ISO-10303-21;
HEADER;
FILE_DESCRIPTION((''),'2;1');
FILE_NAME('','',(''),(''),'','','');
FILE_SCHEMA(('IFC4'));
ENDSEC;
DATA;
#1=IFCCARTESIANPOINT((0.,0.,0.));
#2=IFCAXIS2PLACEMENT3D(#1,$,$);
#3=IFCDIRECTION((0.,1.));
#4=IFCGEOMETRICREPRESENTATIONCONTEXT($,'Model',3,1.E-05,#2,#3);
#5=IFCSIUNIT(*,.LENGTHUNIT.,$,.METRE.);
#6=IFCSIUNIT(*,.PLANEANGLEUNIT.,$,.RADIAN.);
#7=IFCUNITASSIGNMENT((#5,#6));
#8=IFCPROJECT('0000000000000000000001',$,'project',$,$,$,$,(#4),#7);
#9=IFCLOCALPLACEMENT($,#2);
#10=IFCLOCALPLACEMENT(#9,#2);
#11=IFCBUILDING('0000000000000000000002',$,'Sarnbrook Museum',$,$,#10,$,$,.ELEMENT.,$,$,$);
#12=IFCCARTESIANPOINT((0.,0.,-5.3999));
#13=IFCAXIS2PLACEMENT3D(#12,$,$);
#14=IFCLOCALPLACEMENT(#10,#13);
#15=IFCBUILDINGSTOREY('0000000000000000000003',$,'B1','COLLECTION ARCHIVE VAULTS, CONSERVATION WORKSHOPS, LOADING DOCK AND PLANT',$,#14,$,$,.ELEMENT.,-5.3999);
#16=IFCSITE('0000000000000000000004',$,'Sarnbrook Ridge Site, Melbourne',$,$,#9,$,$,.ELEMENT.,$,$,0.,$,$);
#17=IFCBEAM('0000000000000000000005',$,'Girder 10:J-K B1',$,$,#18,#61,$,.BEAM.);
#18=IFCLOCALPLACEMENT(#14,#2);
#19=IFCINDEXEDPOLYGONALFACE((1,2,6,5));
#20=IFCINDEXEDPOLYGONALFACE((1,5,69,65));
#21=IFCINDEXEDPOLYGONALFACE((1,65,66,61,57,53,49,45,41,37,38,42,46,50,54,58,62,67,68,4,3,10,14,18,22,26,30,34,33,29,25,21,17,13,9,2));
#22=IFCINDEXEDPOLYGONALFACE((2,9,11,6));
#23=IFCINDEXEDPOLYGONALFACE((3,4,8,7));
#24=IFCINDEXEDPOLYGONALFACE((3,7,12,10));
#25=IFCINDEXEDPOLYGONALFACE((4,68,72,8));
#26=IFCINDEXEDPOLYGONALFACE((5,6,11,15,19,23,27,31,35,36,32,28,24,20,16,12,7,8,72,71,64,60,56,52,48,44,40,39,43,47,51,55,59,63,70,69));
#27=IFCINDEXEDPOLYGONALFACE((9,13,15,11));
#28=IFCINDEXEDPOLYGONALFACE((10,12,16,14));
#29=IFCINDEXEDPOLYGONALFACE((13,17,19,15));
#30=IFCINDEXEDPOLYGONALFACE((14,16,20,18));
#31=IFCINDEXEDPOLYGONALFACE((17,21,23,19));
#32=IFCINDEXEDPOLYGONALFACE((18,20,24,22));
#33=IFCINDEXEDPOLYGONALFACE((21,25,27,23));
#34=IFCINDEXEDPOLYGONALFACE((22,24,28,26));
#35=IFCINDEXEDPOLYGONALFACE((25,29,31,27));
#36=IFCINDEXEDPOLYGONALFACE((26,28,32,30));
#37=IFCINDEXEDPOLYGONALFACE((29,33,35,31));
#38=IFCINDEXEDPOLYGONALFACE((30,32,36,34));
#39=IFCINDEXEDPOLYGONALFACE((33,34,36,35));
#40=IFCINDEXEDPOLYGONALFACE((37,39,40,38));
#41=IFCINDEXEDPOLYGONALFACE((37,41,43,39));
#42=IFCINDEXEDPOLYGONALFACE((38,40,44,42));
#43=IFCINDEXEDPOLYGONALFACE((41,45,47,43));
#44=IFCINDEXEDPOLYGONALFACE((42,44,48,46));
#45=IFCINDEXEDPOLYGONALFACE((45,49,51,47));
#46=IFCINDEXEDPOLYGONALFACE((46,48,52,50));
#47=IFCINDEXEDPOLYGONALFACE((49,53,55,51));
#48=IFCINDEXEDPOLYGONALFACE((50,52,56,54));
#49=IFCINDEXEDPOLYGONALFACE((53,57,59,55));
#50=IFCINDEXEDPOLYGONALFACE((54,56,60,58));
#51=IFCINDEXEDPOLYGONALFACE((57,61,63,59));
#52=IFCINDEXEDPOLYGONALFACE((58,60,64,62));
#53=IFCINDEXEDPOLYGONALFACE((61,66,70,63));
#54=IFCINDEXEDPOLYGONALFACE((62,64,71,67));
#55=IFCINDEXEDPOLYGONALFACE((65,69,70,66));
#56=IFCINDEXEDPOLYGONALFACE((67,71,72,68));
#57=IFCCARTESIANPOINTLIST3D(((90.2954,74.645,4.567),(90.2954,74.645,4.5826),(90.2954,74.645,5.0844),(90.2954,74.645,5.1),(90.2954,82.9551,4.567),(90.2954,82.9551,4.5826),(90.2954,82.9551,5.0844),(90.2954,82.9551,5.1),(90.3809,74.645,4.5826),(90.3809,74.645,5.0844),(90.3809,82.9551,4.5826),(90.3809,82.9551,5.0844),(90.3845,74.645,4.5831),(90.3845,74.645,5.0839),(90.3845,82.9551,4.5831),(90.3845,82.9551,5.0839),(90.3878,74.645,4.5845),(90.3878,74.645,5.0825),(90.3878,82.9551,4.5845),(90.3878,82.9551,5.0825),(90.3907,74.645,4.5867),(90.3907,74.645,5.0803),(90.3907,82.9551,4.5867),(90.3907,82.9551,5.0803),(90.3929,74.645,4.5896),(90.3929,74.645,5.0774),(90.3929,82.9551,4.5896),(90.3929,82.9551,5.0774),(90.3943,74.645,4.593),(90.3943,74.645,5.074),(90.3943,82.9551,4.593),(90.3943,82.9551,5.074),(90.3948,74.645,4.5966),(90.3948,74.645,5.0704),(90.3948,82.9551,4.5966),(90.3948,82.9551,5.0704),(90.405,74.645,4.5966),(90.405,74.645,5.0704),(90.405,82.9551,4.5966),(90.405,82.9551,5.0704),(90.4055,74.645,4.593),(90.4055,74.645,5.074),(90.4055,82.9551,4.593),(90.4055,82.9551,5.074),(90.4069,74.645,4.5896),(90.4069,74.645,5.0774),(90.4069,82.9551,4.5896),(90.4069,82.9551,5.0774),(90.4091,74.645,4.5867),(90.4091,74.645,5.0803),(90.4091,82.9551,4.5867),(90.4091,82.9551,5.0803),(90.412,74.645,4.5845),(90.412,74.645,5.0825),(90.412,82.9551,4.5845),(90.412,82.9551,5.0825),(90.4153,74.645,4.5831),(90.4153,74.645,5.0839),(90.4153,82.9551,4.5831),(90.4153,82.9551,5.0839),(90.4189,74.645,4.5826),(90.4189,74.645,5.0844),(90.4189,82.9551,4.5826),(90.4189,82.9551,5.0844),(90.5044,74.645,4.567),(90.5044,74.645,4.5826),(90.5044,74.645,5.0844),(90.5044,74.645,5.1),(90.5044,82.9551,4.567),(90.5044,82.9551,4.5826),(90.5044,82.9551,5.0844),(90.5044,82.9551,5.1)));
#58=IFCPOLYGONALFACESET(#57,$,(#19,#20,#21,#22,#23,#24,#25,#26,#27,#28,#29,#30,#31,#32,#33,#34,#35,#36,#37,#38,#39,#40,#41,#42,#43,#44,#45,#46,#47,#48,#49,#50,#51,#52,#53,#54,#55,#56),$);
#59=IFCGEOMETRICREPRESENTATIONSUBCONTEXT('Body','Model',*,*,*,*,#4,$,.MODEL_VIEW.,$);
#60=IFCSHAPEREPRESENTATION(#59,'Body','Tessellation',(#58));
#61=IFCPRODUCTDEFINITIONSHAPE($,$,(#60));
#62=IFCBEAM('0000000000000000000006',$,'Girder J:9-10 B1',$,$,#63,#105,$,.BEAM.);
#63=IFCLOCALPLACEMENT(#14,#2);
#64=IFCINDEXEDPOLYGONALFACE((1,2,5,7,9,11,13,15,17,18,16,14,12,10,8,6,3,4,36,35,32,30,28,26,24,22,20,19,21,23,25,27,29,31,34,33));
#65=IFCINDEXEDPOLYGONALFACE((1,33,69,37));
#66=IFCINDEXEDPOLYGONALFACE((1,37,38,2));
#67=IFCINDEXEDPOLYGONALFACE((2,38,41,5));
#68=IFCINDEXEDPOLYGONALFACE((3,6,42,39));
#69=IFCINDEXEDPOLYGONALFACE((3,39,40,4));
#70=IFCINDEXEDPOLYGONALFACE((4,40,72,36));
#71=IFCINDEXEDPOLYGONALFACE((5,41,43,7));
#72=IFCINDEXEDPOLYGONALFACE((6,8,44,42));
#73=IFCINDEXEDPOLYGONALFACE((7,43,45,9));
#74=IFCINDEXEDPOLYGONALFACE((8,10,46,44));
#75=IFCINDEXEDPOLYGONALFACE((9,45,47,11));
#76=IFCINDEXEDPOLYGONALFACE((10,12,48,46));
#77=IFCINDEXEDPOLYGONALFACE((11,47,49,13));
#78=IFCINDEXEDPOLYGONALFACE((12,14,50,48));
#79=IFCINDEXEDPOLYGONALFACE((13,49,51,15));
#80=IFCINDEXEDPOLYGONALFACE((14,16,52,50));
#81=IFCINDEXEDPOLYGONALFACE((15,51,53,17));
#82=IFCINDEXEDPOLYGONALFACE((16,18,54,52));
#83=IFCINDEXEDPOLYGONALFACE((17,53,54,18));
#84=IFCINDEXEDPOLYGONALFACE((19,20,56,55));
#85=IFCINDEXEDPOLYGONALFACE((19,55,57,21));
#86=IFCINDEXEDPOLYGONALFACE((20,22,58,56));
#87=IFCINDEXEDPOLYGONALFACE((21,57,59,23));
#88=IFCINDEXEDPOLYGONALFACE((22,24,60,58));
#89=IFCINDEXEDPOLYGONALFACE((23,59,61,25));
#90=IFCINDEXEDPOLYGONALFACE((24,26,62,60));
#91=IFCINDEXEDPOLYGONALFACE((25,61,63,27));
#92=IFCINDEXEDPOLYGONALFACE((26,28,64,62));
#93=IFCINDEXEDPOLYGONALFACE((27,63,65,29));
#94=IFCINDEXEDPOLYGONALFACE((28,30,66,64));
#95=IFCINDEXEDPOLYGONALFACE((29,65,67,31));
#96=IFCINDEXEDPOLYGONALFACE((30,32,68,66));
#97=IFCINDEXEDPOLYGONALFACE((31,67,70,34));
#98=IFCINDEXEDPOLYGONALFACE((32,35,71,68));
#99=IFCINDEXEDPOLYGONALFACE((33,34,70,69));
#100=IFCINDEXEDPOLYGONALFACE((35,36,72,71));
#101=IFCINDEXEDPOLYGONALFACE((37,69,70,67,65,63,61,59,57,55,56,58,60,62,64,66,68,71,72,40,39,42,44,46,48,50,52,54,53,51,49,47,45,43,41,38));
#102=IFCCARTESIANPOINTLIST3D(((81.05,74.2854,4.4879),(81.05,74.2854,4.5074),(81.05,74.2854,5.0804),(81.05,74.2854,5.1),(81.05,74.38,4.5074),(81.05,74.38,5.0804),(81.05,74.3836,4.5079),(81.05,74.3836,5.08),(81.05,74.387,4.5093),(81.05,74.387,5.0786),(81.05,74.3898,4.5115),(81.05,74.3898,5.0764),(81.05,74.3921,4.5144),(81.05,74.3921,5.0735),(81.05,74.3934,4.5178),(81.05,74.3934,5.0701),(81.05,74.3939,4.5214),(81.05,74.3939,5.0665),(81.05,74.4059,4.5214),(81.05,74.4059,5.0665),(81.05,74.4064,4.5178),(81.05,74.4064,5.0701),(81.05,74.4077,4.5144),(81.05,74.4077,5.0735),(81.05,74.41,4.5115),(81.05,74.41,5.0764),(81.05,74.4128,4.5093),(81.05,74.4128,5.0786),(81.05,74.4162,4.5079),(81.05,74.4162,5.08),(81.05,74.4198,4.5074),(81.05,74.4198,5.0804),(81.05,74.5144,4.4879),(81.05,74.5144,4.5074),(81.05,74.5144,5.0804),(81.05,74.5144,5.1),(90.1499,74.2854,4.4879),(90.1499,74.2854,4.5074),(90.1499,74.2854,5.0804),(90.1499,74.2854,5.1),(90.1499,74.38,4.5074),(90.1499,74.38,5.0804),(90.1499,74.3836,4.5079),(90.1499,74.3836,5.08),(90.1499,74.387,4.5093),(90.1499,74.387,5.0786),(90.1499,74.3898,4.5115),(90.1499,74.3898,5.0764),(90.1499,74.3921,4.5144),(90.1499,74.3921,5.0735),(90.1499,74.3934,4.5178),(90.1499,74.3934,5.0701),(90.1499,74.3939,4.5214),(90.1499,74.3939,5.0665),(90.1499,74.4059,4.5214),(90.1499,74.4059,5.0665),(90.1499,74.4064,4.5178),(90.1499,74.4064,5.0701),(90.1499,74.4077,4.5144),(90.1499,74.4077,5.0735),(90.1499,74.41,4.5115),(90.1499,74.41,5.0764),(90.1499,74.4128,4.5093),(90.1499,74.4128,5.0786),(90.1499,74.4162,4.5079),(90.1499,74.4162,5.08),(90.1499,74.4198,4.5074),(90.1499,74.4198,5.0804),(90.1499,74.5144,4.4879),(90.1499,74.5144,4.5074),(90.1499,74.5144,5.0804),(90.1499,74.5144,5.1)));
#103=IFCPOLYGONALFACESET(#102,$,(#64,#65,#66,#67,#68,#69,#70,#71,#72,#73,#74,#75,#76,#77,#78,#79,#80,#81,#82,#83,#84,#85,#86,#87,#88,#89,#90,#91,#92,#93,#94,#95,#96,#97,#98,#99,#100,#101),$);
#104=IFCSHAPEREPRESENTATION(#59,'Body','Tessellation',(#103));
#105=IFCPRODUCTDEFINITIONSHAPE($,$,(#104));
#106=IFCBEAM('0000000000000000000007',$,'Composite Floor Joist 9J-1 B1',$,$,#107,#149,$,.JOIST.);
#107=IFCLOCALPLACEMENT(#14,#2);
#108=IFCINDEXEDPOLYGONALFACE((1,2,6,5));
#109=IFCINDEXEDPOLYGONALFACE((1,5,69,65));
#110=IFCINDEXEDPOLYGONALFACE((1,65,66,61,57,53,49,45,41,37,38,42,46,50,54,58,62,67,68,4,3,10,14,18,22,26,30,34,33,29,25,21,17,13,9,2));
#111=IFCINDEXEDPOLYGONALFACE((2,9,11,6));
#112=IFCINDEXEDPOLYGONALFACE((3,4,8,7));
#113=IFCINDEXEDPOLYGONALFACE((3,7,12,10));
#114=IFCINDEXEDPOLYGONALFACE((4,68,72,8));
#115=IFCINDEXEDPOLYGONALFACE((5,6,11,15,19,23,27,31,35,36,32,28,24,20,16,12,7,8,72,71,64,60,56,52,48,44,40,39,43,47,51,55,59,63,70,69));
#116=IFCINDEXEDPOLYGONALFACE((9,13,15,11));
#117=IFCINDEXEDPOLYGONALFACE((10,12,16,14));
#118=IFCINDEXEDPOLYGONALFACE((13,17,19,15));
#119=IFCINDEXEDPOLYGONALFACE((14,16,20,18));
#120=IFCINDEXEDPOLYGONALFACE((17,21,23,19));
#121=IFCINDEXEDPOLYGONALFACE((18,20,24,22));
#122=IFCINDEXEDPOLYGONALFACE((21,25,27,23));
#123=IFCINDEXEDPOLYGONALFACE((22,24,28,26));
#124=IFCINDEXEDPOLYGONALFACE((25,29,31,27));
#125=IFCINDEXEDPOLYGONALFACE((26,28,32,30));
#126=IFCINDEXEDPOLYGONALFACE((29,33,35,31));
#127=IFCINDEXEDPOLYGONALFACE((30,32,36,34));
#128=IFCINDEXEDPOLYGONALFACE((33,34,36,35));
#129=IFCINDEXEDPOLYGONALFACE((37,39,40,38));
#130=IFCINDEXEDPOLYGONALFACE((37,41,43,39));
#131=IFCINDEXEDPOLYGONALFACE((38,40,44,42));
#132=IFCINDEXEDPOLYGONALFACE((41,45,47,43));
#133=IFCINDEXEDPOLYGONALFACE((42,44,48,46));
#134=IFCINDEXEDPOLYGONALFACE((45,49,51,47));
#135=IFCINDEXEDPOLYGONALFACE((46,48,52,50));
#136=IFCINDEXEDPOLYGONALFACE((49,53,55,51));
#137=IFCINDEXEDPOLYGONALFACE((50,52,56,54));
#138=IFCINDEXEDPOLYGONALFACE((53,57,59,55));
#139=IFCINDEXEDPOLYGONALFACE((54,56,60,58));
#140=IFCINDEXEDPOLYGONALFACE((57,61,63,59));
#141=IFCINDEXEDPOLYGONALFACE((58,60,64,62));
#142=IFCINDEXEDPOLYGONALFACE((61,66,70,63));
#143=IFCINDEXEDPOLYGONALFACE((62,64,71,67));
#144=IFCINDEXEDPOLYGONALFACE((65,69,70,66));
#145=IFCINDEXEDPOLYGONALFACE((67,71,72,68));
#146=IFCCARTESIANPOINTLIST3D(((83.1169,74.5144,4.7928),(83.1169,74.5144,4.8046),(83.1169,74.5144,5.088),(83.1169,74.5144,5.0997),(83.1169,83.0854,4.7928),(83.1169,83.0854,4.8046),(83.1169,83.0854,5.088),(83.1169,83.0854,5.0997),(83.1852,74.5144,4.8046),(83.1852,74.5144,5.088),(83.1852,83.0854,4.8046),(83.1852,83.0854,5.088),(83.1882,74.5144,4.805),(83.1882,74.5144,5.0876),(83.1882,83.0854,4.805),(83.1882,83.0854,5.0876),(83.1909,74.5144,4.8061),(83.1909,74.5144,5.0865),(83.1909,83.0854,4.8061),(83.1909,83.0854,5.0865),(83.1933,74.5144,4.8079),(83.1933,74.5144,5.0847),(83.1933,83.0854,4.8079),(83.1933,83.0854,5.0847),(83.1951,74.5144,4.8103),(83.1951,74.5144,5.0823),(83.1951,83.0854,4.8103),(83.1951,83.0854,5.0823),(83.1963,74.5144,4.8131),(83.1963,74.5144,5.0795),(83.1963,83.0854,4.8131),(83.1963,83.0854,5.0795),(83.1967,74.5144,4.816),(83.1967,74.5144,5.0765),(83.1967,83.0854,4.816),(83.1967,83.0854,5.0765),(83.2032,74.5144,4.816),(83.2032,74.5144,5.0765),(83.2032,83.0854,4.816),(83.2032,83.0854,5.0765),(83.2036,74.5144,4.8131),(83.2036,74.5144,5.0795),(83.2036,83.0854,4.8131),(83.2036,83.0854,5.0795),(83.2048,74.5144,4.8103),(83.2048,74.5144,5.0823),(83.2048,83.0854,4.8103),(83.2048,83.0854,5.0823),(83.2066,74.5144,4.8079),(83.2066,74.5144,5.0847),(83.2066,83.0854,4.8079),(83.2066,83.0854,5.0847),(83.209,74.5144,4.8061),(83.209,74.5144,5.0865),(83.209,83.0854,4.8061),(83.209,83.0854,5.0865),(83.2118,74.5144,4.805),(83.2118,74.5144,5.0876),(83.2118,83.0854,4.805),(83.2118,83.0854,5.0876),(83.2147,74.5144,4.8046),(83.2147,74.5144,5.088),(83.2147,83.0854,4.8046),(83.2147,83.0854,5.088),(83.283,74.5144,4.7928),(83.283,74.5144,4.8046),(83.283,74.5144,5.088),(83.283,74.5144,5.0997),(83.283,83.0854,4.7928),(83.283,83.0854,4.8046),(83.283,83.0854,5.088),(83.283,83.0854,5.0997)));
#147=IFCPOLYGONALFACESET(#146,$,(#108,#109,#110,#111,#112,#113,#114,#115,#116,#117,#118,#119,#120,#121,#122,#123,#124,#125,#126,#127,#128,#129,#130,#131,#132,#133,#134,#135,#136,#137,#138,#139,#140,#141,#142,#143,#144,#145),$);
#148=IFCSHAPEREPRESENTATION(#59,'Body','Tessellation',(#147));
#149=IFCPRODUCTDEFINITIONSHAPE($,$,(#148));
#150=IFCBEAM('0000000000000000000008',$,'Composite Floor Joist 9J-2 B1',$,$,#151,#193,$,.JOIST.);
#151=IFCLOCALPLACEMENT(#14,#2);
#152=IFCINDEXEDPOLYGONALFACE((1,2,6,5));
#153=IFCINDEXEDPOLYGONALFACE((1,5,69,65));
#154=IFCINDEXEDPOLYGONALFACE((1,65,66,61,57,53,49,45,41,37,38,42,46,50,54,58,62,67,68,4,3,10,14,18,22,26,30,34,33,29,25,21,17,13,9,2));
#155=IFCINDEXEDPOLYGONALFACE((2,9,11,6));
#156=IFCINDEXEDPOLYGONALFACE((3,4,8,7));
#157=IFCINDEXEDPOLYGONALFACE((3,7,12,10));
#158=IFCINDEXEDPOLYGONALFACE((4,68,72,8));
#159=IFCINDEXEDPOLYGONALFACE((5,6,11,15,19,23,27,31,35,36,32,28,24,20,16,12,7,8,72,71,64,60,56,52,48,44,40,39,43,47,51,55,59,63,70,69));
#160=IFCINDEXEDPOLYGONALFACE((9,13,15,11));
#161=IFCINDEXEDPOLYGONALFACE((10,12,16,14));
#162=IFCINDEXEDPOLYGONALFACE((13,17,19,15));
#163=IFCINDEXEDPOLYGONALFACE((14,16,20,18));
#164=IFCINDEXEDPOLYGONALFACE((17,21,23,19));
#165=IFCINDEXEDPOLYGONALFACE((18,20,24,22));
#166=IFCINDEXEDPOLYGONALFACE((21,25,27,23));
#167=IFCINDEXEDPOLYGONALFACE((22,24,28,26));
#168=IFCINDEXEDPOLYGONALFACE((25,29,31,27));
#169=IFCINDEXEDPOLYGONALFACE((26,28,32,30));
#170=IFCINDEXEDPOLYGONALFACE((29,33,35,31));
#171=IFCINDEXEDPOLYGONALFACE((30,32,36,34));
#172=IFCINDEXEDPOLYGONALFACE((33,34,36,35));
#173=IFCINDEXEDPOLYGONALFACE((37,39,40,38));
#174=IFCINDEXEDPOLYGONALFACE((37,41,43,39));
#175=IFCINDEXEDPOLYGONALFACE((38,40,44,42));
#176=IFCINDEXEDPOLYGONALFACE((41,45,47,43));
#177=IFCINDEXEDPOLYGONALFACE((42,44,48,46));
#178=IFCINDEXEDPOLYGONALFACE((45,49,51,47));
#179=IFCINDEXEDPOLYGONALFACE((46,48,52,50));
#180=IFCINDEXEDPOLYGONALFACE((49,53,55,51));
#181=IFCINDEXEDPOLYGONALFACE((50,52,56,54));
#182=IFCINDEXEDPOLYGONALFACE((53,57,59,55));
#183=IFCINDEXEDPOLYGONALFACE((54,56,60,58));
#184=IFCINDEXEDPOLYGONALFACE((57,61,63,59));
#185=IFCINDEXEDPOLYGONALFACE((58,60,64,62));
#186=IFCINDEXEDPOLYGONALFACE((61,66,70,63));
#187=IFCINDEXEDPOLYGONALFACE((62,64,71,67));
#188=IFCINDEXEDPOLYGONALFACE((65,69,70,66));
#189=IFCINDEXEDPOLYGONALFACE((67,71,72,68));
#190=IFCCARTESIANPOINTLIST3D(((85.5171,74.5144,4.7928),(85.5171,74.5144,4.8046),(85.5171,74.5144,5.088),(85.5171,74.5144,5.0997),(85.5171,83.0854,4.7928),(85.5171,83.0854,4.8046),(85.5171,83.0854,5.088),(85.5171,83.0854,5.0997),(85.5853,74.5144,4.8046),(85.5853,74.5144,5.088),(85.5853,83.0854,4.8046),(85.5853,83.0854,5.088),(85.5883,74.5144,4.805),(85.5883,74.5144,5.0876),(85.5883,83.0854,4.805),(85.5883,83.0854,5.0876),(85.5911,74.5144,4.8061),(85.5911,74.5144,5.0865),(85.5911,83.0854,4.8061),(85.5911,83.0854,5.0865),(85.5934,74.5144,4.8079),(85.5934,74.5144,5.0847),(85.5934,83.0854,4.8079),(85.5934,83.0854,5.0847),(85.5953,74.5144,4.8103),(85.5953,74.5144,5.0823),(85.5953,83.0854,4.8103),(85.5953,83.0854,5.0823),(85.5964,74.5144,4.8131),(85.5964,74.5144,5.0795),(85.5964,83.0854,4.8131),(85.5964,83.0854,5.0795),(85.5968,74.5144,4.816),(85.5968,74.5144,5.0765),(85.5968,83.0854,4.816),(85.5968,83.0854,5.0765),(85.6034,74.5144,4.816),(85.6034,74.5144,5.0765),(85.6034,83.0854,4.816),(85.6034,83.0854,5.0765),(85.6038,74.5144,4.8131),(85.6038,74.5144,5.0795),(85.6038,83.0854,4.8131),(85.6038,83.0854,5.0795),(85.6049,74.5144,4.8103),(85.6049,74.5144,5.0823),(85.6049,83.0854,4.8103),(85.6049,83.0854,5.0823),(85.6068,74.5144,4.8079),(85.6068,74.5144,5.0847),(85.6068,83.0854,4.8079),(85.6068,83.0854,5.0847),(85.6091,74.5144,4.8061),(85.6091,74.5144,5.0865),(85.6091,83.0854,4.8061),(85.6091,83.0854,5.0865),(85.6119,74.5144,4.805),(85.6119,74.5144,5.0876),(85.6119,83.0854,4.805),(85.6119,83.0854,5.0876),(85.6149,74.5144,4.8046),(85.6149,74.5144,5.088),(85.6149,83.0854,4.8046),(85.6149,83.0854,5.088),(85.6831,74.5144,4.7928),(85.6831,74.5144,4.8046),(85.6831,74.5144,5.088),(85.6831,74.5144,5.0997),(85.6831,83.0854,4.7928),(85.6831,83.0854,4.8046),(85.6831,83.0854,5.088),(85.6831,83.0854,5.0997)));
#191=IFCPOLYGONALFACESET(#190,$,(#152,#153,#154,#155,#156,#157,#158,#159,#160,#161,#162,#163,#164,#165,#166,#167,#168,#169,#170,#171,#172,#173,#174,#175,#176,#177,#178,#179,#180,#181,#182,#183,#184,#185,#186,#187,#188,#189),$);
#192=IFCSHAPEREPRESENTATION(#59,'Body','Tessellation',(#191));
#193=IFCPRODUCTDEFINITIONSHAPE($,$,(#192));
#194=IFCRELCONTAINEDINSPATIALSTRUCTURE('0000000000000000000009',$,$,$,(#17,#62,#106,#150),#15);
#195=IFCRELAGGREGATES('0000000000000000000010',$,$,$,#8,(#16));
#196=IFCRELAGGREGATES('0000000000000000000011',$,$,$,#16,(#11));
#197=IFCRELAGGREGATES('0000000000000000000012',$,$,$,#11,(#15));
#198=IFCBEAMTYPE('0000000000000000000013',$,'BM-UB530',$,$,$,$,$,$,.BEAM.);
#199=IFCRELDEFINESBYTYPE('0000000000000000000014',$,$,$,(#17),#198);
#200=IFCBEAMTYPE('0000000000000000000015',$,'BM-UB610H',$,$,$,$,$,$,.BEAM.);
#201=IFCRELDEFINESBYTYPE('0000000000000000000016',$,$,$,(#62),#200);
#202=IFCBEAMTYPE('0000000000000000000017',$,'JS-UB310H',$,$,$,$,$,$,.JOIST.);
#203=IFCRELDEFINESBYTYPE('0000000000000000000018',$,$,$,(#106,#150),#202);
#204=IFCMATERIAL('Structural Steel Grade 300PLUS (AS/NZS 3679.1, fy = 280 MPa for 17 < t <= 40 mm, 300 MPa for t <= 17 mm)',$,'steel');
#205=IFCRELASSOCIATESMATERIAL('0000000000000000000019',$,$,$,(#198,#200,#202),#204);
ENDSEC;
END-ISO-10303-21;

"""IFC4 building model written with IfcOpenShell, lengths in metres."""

from ifc_helpers import new_model, si_unit, direction, frame, origin, origin_2d, place, context, subcontext, project, spatial, i_section, extrude, material, material_profile, profile_set, type_object, element, save


model = new_model("IFC4")

# Units and contexts
model_context = context("Model", 3, precision=1e-05, world=origin(), true_north=direction((0.0, 1.0)))
body_context = subcontext(model_context, "Body", "Model", "MODEL_VIEW")
ifc_project = project(units=[si_unit("LENGTHUNIT", "METRE"), si_unit("PLANEANGLEUNIT", "RADIAN")], contexts=[model_context])

# Site, building, storey
site_placement = place(None, origin())
site = spatial("IfcSite", under=ifc_project, at=site_placement, Name="Sarnbrook Ridge Site, Melbourne", CompositionType="ELEMENT", RefElevation=0.0)
building_placement = place(site_placement, origin())
building = spatial("IfcBuilding", under=site, at=building_placement, Name="Sarnbrook Museum", CompositionType="ELEMENT")
storey_placement = place(building_placement, frame((0.0, 0.0, -5.3999)))
storey = spatial("IfcBuildingStorey", under=building, at=storey_placement, Name="B1", Description="COLLECTION ARCHIVE VAULTS, CONSERVATION WORKSHOPS, LOADING DOCK AND PLANT", CompositionType="ELEMENT", Elevation=-5.3999)

# Beams
ifc_material_1 = material(Name="Structural Steel Grade 300PLUS (AS/NZS 3679.1, fy = 280 MPa for 17 < t <= 40 mm, 300 MPa for t <= 17 mm)", Category="steel")
ifc_material_profile_1 = material_profile(ifc_material_1, i_section(OverallWidth=0.209, OverallDepth=0.533, WebThickness=0.0103, FlangeThickness=0.0156, FilletRadius=0.0139, at=origin_2d()), Name="530UB92.4")
ifc_profile_set_1 = profile_set([ifc_material_profile_1], Name="Structural Steel Grade 300PLUS (AS/NZS 3679.1, fy = 280 MPa for 17 < t <= 40 mm, 300 MPa for t <= 17 mm)")
beam_type_1 = type_object("IfcBeamType", Name="BM-UB530", PredefinedType="BEAM", material=ifc_profile_set_1)
beam_1_placement = place(storey_placement, frame((90.3999, 74.645, 4.8335), z_axis=(0.0, 1.0, 0.0), x_axis=(-1.0, 0.0, 0.0)))
element("IfcBeam", 1, at=beam_1_placement, inside=storey, type_object=beam_type_1, Name="Girder 10:J-K B1", PredefinedType="BEAM", context=body_context, shape_type="SweptSolid", body=[
    extrude(i_section(OverallWidth=0.209, OverallDepth=0.533, WebThickness=0.0103, FlangeThickness=0.0156, FilletRadius=0.0139, at=origin_2d()), origin(), (0.0, 0.0, 1.0), 8.3101),
])
ifc_material_profile_2 = material_profile(ifc_material_1, i_section(OverallWidth=0.229, OverallDepth=0.6121, WebThickness=0.012, FlangeThickness=0.0195, FilletRadius=0.0139, at=origin_2d()), Name="610UB125")
ifc_profile_set_2 = profile_set([ifc_material_profile_2], Name="Structural Steel Grade 300PLUS (AS/NZS 3679.1, fy = 280 MPa for 17 < t <= 40 mm, 300 MPa for t <= 17 mm)")
beam_type_2 = type_object("IfcBeamType", Name="BM-UB610H", PredefinedType="BEAM", material=ifc_profile_set_2)
beam_2_placement = place(storey_placement, frame((81.05, 74.3999, 4.7939), z_axis=(1.0, 0.0, 0.0), x_axis=(0.0, 1.0, 0.0)))
element("IfcBeam", 2, at=beam_2_placement, inside=storey, type_object=beam_type_2, Name="Girder J:9-10 B1", PredefinedType="BEAM", context=body_context, shape_type="SweptSolid", body=[
    extrude(i_section(OverallWidth=0.229, OverallDepth=0.6121, WebThickness=0.012, FlangeThickness=0.0195, FilletRadius=0.0139, at=origin_2d()), origin(), (0.0, 0.0, 1.0), 9.0999),
])
ifc_material_profile_3 = material_profile(ifc_material_1, i_section(OverallWidth=0.166, OverallDepth=0.3069, WebThickness=0.0066, FlangeThickness=0.0117, FilletRadius=0.0115, at=origin_2d()), Name="310UB46.2")
ifc_profile_set_3 = profile_set([ifc_material_profile_3], Name="Structural Steel Grade 300PLUS (AS/NZS 3679.1, fy = 280 MPa for 17 < t <= 40 mm, 300 MPa for t <= 17 mm)")
beam_type_3 = type_object("IfcBeamType", Name="JS-UB310H", PredefinedType="JOIST", material=ifc_profile_set_3)
for number, where, z_axis, x_axis, name in (
    (3, (83.2, 74.5144, 4.9463), (0.0, 1.0, 0.0), (-1.0, 0.0, 0.0), "Composite Floor Joist 9J-1 B1"),
    (4, (85.6001, 74.5144, 4.9463), (0.0, 1.0, 0.0), (-1.0, 0.0, 0.0), "Composite Floor Joist 9J-2 B1"),
):
    element("IfcBeam", number, at=place(storey_placement, frame(where, z_axis=z_axis, x_axis=x_axis)), inside=storey, type_object=beam_type_3, Name=name, PredefinedType="JOIST", context=body_context, shape_type="SweptSolid", body=[
        extrude(i_section(OverallWidth=0.166, OverallDepth=0.3069, WebThickness=0.0066, FlangeThickness=0.0117, FilletRadius=0.0115, at=origin_2d()), origin(), (0.0, 0.0, 1.0), 8.571),
    ])

save(model, "model.ifc")
